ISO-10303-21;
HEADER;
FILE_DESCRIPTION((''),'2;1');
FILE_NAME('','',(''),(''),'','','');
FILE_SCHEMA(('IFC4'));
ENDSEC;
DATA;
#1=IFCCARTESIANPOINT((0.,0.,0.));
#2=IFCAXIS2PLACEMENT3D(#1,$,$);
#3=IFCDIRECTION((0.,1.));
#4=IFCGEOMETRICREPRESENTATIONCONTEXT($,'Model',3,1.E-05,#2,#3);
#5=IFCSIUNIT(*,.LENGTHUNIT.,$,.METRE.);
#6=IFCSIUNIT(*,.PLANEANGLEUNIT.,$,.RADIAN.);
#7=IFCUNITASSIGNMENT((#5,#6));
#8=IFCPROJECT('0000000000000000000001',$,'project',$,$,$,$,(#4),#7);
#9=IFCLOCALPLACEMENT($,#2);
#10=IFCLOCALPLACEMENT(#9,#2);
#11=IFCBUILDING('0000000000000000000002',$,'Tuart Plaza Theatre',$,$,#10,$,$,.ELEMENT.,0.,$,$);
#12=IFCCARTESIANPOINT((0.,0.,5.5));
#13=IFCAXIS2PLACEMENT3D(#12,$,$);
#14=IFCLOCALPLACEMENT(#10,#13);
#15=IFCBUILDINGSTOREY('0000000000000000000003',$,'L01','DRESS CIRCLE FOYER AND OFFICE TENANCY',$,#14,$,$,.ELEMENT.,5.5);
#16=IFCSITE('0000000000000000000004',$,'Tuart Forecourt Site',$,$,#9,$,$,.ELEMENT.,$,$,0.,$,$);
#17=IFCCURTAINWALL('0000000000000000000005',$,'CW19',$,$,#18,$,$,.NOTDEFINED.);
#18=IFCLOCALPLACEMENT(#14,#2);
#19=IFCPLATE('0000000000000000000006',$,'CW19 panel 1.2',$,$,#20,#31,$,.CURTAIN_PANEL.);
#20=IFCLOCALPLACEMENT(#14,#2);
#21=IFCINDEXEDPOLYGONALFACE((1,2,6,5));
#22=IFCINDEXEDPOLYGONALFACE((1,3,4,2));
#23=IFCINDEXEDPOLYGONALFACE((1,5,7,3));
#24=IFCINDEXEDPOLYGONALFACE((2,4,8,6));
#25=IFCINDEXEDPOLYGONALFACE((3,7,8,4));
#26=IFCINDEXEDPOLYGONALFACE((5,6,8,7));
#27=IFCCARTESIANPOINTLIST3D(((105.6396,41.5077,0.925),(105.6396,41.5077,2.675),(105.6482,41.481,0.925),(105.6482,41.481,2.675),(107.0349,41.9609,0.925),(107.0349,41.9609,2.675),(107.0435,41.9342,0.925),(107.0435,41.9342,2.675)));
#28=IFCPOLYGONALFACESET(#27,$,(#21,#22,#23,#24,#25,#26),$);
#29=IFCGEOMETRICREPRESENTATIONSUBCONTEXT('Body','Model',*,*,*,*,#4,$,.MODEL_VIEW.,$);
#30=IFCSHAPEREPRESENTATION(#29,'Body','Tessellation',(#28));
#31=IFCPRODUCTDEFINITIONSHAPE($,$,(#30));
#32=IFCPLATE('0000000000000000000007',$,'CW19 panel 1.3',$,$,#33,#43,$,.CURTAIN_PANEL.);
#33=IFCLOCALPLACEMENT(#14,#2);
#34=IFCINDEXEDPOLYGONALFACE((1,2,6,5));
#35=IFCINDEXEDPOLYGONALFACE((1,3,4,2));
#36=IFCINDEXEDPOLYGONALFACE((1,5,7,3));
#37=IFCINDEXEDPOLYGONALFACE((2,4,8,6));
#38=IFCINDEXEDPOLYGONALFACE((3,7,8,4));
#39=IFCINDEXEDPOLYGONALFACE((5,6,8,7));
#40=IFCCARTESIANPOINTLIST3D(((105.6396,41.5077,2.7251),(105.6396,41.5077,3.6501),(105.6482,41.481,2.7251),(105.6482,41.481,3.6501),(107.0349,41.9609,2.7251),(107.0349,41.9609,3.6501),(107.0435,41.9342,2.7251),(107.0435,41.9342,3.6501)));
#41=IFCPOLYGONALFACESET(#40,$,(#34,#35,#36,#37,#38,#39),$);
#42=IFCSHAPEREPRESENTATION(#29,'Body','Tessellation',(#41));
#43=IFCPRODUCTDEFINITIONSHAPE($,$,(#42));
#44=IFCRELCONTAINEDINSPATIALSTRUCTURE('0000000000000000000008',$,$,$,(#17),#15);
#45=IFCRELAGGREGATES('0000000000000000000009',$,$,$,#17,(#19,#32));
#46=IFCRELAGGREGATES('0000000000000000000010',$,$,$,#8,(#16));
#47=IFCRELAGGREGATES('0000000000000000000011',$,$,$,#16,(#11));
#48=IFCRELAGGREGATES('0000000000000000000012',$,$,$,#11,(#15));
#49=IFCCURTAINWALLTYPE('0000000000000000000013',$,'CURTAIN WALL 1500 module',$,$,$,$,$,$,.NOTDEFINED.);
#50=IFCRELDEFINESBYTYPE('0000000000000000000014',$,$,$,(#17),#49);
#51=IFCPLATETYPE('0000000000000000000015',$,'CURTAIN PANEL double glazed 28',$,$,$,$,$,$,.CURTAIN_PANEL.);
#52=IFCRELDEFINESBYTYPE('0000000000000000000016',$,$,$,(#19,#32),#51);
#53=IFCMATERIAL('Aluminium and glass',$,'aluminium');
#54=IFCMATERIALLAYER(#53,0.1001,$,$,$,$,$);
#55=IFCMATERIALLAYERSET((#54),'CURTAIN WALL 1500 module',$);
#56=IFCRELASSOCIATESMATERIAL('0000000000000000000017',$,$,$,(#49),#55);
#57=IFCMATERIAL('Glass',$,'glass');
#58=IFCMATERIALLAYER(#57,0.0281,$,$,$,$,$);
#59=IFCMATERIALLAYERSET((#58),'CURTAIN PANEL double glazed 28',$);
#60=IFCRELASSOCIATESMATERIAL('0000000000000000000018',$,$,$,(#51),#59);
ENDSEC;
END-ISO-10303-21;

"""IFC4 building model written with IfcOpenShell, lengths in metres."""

from ifc_helpers import new_model, si_unit, direction, frame, origin, origin_2d, place, context, subcontext, project, spatial, rectangle, extrude, material, layer, layer_set, type_object, element, aggregate, save


model = new_model("IFC4")

# Units and contexts
model_context = context("Model", 3, precision=1e-05, world=origin(), true_north=direction((0.0, 1.0)))
body_context = subcontext(model_context, "Body", "Model", "MODEL_VIEW")
ifc_project = project(units=[si_unit("LENGTHUNIT", "METRE"), si_unit("PLANEANGLEUNIT", "RADIAN")], contexts=[model_context])

# Site, building, storey
site_placement = place(None, origin())
site = spatial("IfcSite", under=ifc_project, at=site_placement, Name="Tuart Forecourt Site", CompositionType="ELEMENT", RefElevation=0.0)
building_placement = place(site_placement, origin())
building = spatial("IfcBuilding", under=site, at=building_placement, Name="Tuart Plaza Theatre", CompositionType="ELEMENT", ElevationOfRefHeight=0.0)
storey_placement = place(building_placement, frame((0.0, 0.0, 5.5)))
storey = spatial("IfcBuildingStorey", under=building, at=storey_placement, Name="L01", Description="DRESS CIRCLE FOYER AND OFFICE TENANCY", CompositionType="ELEMENT", Elevation=5.5)

# Shared definitions
ifc_material_1 = material(Name="Aluminium and glass", Category="aluminium")
ifc_layer_1 = layer(ifc_material_1, 0.1001)
ifc_layer_set_1 = layer_set([ifc_layer_1], Name="CURTAIN WALL 1500 module")
curtain_wall_type = type_object("IfcCurtainWallType", Name="CURTAIN WALL 1500 module", PredefinedType="NOTDEFINED", material=ifc_layer_set_1)

# Curtain wall
curtain_wall_1_placement = place(storey_placement, origin())
curtain_wall_1 = element("IfcCurtainWall", 1, at=curtain_wall_1_placement, inside=storey, type_object=curtain_wall_type, Name="CW19", PredefinedType="NOTDEFINED")

# Plates
ifc_material_2 = material(Name="Glass", Category="glass")
ifc_layer_2 = layer(ifc_material_2, 0.0281)
ifc_layer_set_2 = layer_set([ifc_layer_2], Name="CURTAIN PANEL double glazed 28")
plate_type = type_object("IfcPlateType", Name="CURTAIN PANEL double glazed 28", PredefinedType="CURTAIN_PANEL", material=ifc_layer_set_2)
plate_1_placement = place(storey_placement, frame((106.3416, 41.7209, 0.925), z_axis=(0.0, 0.0, 1.0), x_axis=(0.951099, 0.308885, 0.0)))
plate_1 = element("IfcPlate", 2, at=plate_1_placement, type_object=plate_type, Name="CW19 panel 1.2", PredefinedType="CURTAIN_PANEL", context=body_context, shape_type="SweptSolid", body=[
    extrude(rectangle(XDim=1.467, YDim=0.0281, at=origin_2d()), origin(), (0.0, 0.0, 1.0), 1.75),
])
plate_2_placement = place(storey_placement, frame((106.3416, 41.7209, 2.7251), z_axis=(0.0, 0.0, 1.0), x_axis=(0.951099, 0.308885, 0.0)))
plate_2 = element("IfcPlate", 3, at=plate_2_placement, type_object=plate_type, Name="CW19 panel 1.3", PredefinedType="CURTAIN_PANEL", context=body_context, shape_type="SweptSolid", body=[
    extrude(rectangle(XDim=1.467, YDim=0.0281, at=origin_2d()), origin(), (0.0, 0.0, 1.0), 0.925),
])
aggregate(curtain_wall_1, [plate_1, plate_2])

save(model, "model.ifc")
